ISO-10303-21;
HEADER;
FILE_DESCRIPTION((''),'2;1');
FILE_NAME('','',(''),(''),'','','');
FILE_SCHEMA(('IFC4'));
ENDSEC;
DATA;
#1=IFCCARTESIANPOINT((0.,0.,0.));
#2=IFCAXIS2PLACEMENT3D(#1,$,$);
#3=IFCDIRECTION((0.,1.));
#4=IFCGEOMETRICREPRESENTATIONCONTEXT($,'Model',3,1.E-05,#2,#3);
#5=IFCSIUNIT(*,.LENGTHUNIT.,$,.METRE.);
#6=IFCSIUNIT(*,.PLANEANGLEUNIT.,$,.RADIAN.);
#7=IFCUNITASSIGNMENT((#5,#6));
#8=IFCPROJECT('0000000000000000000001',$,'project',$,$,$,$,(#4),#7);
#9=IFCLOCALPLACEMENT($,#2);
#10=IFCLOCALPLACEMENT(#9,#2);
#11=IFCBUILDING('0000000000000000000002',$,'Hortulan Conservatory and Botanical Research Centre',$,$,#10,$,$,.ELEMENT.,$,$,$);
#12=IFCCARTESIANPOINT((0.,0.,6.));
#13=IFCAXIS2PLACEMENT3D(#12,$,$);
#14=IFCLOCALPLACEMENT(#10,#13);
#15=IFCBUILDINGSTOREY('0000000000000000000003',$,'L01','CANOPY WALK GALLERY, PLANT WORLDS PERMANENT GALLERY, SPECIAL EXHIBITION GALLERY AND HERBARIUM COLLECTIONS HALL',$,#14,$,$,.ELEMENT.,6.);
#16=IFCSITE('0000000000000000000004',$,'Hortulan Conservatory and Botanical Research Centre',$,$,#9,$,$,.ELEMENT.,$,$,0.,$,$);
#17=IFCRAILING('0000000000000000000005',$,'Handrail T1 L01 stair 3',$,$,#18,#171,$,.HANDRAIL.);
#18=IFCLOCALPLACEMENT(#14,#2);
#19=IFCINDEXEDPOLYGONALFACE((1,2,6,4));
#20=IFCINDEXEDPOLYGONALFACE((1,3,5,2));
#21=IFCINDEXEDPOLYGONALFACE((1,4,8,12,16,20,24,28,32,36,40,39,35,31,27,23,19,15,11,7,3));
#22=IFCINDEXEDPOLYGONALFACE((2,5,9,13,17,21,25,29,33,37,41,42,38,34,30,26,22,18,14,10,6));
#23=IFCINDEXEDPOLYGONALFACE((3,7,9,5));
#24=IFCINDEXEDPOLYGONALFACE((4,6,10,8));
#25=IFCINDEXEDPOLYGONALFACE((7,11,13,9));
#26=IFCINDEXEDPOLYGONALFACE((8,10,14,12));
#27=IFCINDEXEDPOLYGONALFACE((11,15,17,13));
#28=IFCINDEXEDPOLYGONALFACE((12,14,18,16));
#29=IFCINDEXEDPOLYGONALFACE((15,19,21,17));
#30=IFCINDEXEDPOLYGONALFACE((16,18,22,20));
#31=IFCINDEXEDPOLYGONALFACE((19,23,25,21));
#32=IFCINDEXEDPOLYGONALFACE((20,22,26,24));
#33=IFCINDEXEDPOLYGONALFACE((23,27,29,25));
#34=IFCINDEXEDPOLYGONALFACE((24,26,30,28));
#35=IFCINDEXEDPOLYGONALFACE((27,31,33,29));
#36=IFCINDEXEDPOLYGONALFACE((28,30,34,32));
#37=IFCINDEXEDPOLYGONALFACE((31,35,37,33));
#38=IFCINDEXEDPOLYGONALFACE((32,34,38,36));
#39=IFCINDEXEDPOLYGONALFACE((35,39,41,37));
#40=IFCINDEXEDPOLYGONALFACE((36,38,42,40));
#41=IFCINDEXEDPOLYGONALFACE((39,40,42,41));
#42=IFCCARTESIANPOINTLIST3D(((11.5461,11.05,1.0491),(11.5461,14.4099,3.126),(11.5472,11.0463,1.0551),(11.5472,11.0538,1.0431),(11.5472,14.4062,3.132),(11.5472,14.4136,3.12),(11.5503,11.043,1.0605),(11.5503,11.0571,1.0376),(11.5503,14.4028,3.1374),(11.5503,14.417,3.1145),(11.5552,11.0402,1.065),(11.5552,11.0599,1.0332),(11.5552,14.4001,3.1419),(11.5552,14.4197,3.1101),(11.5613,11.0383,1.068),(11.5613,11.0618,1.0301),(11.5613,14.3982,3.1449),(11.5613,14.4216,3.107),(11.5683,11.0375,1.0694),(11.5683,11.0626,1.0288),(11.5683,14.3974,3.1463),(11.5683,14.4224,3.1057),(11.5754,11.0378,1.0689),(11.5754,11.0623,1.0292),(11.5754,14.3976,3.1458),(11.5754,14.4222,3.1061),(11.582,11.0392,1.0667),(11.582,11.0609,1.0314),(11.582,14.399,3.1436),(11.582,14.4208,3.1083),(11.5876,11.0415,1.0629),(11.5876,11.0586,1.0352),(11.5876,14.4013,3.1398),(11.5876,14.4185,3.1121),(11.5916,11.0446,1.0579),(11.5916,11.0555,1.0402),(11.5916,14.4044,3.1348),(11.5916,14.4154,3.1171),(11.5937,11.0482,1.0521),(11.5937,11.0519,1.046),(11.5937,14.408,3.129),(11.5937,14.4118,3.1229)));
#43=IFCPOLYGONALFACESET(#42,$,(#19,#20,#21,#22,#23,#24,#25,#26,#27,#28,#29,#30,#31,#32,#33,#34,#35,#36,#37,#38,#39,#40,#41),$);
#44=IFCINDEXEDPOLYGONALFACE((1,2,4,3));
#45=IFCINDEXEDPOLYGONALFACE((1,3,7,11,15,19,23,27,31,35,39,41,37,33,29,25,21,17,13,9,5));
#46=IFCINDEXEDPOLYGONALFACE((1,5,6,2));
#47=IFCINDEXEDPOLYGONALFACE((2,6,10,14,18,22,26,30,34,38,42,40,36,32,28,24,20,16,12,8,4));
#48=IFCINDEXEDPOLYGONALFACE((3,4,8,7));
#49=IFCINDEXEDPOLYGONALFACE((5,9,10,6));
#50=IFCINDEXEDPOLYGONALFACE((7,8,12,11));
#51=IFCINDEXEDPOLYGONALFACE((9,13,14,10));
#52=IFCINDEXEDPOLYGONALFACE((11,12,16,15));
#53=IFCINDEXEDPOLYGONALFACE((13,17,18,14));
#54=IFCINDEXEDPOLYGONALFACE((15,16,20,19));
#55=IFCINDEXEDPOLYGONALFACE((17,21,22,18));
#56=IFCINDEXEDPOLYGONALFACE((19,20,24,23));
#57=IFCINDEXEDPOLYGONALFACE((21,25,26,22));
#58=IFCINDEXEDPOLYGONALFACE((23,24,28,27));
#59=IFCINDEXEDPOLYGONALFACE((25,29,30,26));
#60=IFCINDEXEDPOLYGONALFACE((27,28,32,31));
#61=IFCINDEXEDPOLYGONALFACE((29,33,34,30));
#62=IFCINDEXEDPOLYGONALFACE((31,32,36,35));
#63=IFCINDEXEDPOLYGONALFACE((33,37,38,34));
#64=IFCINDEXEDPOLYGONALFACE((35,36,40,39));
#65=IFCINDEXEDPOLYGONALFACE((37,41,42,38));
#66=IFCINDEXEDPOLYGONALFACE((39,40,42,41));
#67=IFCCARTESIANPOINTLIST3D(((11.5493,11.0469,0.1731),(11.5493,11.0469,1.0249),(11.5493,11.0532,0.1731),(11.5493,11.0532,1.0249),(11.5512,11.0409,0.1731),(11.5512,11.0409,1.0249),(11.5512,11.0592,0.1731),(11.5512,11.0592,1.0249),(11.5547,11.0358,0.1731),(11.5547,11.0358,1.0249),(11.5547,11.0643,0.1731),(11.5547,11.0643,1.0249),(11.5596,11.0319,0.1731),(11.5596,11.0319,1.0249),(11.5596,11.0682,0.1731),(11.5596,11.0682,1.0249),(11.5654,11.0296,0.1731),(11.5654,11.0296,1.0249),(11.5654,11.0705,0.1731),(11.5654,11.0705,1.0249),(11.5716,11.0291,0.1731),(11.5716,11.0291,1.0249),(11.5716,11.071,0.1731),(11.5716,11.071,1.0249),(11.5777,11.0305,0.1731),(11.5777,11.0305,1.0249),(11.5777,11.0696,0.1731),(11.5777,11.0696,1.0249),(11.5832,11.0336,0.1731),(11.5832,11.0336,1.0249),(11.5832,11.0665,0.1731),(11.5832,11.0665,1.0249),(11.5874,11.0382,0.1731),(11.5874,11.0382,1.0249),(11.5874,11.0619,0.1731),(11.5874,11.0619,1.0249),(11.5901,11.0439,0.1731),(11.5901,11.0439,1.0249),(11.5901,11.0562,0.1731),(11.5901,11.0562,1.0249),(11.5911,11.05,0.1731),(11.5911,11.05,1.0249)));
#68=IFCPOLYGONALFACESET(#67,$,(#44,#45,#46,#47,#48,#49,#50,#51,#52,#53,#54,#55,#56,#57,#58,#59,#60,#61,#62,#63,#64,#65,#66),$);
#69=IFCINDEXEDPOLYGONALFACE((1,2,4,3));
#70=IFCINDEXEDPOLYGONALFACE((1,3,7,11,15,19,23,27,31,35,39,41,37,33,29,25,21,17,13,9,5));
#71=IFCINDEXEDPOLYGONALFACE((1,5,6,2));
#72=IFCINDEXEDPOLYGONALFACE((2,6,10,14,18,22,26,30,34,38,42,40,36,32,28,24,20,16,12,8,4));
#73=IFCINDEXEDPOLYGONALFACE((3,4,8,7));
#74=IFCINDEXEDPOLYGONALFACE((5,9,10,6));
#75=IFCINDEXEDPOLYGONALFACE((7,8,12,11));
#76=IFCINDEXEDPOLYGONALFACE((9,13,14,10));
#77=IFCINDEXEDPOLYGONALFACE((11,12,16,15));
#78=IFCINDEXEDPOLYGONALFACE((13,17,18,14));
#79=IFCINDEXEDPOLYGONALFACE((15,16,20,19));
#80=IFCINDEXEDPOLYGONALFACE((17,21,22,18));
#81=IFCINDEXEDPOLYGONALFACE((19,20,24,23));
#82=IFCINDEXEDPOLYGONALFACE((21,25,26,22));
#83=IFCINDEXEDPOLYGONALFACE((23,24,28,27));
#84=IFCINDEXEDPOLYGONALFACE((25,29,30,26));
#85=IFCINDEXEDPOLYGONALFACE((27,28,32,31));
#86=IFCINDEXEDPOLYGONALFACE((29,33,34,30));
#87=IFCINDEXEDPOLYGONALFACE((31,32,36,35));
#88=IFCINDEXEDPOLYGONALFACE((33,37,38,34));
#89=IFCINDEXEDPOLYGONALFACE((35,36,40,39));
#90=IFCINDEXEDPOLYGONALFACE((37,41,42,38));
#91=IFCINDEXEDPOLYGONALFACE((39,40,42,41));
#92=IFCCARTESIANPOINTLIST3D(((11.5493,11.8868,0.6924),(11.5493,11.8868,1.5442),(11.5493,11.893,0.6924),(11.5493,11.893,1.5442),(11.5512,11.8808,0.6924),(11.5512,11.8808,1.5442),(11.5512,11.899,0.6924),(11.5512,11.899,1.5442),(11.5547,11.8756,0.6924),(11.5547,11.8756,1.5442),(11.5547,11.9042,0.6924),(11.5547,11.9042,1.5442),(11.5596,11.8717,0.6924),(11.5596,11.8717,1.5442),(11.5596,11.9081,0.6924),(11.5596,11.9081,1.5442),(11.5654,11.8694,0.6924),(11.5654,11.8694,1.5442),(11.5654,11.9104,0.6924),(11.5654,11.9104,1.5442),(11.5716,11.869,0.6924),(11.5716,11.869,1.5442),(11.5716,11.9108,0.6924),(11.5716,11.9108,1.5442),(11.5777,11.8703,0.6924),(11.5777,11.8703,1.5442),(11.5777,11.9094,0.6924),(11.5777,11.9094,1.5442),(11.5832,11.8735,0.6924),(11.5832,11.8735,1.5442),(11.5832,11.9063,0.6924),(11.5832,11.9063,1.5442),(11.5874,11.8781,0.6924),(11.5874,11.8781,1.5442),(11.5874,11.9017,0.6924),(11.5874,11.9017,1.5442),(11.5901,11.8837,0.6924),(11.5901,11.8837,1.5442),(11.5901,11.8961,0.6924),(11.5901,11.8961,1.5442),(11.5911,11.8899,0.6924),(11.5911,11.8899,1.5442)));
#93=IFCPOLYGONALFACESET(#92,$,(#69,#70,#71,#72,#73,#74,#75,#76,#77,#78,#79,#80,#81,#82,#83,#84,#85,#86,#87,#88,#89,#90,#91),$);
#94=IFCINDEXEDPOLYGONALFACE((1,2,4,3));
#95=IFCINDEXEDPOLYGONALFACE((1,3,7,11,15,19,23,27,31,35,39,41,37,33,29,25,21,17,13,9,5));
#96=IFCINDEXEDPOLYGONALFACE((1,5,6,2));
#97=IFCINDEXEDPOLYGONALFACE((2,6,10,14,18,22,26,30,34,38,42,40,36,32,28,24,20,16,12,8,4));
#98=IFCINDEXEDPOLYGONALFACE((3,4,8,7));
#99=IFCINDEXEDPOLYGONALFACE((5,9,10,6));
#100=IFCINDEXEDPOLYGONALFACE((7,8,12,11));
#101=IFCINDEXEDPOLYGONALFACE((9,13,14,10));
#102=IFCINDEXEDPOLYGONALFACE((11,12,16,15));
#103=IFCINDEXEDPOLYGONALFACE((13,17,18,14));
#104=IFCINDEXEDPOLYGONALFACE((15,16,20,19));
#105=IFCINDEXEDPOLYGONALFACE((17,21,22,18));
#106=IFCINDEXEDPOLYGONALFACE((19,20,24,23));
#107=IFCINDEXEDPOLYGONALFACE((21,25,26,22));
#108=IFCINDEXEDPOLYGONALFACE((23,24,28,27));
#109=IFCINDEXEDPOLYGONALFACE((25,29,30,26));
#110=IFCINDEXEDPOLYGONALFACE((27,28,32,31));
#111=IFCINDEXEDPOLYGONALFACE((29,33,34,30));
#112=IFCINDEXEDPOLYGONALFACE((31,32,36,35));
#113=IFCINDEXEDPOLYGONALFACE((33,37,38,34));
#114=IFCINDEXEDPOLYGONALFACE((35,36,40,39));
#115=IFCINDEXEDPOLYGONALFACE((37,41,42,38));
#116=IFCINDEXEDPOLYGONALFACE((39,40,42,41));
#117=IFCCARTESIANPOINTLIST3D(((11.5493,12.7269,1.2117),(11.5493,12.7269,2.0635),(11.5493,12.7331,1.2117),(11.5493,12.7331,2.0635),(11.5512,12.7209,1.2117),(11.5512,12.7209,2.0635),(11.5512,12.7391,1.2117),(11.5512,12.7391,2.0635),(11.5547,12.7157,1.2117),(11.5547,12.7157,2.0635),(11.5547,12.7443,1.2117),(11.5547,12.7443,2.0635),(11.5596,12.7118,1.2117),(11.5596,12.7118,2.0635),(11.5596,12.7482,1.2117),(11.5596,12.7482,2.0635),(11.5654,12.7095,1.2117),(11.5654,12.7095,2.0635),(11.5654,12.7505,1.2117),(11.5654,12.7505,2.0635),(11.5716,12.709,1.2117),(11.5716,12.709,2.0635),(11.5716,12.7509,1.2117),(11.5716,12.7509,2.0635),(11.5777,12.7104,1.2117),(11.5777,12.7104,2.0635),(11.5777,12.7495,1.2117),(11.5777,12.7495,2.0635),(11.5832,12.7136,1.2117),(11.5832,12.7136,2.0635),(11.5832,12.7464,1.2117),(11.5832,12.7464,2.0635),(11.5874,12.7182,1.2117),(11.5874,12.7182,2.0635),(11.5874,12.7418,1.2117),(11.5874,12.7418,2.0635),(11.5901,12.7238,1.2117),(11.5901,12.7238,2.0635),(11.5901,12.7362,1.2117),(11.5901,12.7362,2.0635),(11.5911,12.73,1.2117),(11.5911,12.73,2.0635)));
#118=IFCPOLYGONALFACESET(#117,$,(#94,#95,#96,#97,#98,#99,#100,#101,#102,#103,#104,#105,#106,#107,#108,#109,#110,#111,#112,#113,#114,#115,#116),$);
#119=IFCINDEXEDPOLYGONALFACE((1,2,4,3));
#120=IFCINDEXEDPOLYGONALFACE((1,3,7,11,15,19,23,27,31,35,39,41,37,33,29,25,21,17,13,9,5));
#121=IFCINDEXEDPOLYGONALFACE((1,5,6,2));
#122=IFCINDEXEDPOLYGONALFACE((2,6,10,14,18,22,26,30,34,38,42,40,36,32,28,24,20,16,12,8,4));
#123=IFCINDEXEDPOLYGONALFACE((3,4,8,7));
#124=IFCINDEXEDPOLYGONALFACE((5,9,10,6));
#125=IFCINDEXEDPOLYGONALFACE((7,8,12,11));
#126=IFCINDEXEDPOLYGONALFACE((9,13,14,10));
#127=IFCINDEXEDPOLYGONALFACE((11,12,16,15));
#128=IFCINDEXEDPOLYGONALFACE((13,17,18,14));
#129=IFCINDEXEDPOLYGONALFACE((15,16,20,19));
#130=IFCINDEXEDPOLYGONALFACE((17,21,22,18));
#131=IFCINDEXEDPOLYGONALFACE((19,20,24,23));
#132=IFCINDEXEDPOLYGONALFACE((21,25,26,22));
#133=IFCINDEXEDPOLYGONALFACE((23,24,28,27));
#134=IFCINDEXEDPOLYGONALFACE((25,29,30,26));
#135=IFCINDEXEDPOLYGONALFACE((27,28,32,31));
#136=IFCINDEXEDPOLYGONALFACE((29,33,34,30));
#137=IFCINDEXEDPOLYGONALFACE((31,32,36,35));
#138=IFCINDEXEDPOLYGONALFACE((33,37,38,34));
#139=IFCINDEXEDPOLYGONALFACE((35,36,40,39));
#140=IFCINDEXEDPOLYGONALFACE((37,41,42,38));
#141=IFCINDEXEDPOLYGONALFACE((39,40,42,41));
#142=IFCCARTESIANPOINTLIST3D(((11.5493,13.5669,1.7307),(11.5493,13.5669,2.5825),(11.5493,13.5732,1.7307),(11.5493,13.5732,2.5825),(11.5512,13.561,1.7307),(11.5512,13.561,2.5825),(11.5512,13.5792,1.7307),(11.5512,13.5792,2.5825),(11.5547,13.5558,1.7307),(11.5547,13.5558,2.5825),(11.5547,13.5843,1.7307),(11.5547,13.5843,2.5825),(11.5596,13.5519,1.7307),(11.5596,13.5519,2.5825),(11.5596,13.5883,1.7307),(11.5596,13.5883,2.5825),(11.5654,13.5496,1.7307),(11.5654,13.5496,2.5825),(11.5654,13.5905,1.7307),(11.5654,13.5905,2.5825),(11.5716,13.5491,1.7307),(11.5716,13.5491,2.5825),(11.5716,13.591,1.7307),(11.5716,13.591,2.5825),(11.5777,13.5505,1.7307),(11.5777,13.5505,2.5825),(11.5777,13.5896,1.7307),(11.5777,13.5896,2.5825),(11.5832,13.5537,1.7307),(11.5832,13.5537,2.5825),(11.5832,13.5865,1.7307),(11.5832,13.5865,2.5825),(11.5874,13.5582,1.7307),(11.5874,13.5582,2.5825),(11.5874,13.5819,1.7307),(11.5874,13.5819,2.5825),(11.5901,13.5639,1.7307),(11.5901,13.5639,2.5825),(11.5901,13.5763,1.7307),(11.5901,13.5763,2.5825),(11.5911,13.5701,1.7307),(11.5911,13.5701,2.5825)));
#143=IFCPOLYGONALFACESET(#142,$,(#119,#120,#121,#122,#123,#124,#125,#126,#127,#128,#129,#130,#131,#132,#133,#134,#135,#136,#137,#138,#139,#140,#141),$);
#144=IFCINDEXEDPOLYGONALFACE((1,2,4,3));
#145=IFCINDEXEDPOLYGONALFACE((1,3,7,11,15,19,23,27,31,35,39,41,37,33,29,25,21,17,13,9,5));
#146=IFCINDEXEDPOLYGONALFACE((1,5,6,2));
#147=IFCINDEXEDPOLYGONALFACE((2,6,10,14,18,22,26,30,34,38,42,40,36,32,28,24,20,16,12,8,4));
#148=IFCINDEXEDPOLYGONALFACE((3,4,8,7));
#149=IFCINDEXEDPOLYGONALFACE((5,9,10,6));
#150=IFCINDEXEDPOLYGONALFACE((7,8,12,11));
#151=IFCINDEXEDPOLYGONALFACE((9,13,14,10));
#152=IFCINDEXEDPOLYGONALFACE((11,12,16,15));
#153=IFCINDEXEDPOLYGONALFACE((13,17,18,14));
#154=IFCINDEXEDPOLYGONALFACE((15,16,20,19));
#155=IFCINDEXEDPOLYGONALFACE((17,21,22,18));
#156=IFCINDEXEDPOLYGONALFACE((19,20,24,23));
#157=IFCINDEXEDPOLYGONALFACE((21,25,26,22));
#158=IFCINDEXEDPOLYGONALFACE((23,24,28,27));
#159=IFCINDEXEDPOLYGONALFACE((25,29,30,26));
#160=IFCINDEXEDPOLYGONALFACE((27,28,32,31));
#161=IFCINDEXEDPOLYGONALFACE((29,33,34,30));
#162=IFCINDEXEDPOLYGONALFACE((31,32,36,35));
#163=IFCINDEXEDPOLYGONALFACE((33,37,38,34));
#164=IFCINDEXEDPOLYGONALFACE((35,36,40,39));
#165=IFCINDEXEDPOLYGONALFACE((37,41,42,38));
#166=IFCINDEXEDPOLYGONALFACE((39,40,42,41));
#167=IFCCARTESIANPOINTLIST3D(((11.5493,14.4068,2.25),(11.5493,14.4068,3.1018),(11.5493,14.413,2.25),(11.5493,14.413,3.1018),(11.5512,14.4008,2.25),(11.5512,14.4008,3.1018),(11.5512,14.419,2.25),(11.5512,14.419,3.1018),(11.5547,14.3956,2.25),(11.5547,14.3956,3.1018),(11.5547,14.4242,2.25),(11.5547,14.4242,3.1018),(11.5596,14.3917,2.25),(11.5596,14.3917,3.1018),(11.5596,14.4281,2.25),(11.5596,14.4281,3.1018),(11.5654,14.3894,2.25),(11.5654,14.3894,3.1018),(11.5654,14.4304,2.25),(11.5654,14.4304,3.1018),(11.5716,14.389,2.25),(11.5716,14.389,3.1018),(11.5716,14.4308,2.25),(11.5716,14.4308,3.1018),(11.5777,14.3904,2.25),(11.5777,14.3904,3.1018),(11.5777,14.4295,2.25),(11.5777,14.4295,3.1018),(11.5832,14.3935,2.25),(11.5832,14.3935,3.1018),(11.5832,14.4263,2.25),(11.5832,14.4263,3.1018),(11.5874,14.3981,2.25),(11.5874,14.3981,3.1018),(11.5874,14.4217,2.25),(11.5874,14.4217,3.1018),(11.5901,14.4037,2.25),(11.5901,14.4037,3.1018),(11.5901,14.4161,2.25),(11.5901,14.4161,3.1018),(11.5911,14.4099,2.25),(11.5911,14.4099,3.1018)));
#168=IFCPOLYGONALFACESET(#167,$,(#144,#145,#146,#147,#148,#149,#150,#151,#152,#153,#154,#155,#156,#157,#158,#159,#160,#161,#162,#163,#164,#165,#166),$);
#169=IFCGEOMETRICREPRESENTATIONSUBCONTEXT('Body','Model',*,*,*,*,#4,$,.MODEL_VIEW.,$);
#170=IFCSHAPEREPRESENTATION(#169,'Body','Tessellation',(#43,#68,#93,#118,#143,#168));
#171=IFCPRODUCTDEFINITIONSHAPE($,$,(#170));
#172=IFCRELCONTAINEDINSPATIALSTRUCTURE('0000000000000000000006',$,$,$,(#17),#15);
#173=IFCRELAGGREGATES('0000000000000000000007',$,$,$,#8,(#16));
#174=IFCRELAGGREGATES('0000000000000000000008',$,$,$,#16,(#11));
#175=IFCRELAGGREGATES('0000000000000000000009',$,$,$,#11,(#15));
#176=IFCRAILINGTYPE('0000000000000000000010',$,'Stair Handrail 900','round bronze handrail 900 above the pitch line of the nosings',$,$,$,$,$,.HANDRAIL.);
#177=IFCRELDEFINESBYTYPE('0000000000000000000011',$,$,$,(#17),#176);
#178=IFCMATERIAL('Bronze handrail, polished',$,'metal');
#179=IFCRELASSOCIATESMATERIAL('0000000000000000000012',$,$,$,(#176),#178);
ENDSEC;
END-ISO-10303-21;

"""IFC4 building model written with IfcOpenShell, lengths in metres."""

from ifc_helpers import new_model, si_unit, direction, frame, origin, origin_2d, place, context, subcontext, project, spatial, circle, extrude, material, type_object, element, save


model = new_model("IFC4")

# Units and contexts
model_context = context("Model", 3, precision=1e-05, world=origin(), true_north=direction((0.0, 1.0)))
body_context = subcontext(model_context, "Body", "Model", "MODEL_VIEW")
ifc_project = project(units=[si_unit("LENGTHUNIT", "METRE"), si_unit("PLANEANGLEUNIT", "RADIAN")], contexts=[model_context])

# Site, building, storey
site_placement = place(None, origin())
site = spatial("IfcSite", under=ifc_project, at=site_placement, Name="Hortulan Conservatory and Botanical Research Centre", CompositionType="ELEMENT", RefElevation=0.0)
building_placement = place(site_placement, origin())
building = spatial("IfcBuilding", under=site, at=building_placement, Name="Hortulan Conservatory and Botanical Research Centre", CompositionType="ELEMENT")
storey_placement = place(building_placement, frame((0.0, 0.0, 6.0)))
storey = spatial("IfcBuildingStorey", under=building, at=storey_placement, Name="L01", Description="CANOPY WALK GALLERY, PLANT WORLDS PERMANENT GALLERY, SPECIAL EXHIBITION GALLERY AND HERBARIUM COLLECTIONS HALL", CompositionType="ELEMENT", Elevation=6.0)

# Railing
ifc_material_1 = material(Name="Bronze handrail, polished", Category="metal")
railing_type_1 = type_object("IfcRailingType", Name="Stair Handrail 900", Description="round bronze handrail 900 above the pitch line of the nosings", PredefinedType="HANDRAIL", material=ifc_material_1)
railing_1_placement = place(storey_placement, frame((11.5701, 11.05, 0.1731)))
element("IfcRailing", 1, at=railing_1_placement, inside=storey, type_object=railing_type_1, Name="Handrail T1 L01 stair 3", PredefinedType="HANDRAIL", context=body_context, shape_type="SweptSolid", body=[
    extrude(circle(Radius=0.0239, at=origin_2d()), frame((0.0, 0.0, 0.876), z_axis=(0.0, 0.850606, 0.525803), x_axis=(-1.0, 0.0, 0.0)), (0.0, 0.0, 1.0), 3.95),
    extrude(circle(Radius=0.021, at=origin_2d()), origin(), (0.0, 0.0, 1.0), 0.8518),
    extrude(circle(Radius=0.021, at=origin_2d()), frame((0.0, 0.8398, 0.5193)), (0.0, 0.0, 1.0), 0.8518),
    extrude(circle(Radius=0.021, at=origin_2d()), frame((0.0, 1.6799, 1.0386)), (0.0, 0.0, 1.0), 0.8518),
    extrude(circle(Radius=0.021, at=origin_2d()), frame((0.0, 2.52, 1.5576)), (0.0, 0.0, 1.0), 0.8518),
    extrude(circle(Radius=0.021, at=origin_2d()), frame((0.0, 3.3599, 2.0769)), (0.0, 0.0, 1.0), 0.8518),
])

save(model, "model.ifc")
